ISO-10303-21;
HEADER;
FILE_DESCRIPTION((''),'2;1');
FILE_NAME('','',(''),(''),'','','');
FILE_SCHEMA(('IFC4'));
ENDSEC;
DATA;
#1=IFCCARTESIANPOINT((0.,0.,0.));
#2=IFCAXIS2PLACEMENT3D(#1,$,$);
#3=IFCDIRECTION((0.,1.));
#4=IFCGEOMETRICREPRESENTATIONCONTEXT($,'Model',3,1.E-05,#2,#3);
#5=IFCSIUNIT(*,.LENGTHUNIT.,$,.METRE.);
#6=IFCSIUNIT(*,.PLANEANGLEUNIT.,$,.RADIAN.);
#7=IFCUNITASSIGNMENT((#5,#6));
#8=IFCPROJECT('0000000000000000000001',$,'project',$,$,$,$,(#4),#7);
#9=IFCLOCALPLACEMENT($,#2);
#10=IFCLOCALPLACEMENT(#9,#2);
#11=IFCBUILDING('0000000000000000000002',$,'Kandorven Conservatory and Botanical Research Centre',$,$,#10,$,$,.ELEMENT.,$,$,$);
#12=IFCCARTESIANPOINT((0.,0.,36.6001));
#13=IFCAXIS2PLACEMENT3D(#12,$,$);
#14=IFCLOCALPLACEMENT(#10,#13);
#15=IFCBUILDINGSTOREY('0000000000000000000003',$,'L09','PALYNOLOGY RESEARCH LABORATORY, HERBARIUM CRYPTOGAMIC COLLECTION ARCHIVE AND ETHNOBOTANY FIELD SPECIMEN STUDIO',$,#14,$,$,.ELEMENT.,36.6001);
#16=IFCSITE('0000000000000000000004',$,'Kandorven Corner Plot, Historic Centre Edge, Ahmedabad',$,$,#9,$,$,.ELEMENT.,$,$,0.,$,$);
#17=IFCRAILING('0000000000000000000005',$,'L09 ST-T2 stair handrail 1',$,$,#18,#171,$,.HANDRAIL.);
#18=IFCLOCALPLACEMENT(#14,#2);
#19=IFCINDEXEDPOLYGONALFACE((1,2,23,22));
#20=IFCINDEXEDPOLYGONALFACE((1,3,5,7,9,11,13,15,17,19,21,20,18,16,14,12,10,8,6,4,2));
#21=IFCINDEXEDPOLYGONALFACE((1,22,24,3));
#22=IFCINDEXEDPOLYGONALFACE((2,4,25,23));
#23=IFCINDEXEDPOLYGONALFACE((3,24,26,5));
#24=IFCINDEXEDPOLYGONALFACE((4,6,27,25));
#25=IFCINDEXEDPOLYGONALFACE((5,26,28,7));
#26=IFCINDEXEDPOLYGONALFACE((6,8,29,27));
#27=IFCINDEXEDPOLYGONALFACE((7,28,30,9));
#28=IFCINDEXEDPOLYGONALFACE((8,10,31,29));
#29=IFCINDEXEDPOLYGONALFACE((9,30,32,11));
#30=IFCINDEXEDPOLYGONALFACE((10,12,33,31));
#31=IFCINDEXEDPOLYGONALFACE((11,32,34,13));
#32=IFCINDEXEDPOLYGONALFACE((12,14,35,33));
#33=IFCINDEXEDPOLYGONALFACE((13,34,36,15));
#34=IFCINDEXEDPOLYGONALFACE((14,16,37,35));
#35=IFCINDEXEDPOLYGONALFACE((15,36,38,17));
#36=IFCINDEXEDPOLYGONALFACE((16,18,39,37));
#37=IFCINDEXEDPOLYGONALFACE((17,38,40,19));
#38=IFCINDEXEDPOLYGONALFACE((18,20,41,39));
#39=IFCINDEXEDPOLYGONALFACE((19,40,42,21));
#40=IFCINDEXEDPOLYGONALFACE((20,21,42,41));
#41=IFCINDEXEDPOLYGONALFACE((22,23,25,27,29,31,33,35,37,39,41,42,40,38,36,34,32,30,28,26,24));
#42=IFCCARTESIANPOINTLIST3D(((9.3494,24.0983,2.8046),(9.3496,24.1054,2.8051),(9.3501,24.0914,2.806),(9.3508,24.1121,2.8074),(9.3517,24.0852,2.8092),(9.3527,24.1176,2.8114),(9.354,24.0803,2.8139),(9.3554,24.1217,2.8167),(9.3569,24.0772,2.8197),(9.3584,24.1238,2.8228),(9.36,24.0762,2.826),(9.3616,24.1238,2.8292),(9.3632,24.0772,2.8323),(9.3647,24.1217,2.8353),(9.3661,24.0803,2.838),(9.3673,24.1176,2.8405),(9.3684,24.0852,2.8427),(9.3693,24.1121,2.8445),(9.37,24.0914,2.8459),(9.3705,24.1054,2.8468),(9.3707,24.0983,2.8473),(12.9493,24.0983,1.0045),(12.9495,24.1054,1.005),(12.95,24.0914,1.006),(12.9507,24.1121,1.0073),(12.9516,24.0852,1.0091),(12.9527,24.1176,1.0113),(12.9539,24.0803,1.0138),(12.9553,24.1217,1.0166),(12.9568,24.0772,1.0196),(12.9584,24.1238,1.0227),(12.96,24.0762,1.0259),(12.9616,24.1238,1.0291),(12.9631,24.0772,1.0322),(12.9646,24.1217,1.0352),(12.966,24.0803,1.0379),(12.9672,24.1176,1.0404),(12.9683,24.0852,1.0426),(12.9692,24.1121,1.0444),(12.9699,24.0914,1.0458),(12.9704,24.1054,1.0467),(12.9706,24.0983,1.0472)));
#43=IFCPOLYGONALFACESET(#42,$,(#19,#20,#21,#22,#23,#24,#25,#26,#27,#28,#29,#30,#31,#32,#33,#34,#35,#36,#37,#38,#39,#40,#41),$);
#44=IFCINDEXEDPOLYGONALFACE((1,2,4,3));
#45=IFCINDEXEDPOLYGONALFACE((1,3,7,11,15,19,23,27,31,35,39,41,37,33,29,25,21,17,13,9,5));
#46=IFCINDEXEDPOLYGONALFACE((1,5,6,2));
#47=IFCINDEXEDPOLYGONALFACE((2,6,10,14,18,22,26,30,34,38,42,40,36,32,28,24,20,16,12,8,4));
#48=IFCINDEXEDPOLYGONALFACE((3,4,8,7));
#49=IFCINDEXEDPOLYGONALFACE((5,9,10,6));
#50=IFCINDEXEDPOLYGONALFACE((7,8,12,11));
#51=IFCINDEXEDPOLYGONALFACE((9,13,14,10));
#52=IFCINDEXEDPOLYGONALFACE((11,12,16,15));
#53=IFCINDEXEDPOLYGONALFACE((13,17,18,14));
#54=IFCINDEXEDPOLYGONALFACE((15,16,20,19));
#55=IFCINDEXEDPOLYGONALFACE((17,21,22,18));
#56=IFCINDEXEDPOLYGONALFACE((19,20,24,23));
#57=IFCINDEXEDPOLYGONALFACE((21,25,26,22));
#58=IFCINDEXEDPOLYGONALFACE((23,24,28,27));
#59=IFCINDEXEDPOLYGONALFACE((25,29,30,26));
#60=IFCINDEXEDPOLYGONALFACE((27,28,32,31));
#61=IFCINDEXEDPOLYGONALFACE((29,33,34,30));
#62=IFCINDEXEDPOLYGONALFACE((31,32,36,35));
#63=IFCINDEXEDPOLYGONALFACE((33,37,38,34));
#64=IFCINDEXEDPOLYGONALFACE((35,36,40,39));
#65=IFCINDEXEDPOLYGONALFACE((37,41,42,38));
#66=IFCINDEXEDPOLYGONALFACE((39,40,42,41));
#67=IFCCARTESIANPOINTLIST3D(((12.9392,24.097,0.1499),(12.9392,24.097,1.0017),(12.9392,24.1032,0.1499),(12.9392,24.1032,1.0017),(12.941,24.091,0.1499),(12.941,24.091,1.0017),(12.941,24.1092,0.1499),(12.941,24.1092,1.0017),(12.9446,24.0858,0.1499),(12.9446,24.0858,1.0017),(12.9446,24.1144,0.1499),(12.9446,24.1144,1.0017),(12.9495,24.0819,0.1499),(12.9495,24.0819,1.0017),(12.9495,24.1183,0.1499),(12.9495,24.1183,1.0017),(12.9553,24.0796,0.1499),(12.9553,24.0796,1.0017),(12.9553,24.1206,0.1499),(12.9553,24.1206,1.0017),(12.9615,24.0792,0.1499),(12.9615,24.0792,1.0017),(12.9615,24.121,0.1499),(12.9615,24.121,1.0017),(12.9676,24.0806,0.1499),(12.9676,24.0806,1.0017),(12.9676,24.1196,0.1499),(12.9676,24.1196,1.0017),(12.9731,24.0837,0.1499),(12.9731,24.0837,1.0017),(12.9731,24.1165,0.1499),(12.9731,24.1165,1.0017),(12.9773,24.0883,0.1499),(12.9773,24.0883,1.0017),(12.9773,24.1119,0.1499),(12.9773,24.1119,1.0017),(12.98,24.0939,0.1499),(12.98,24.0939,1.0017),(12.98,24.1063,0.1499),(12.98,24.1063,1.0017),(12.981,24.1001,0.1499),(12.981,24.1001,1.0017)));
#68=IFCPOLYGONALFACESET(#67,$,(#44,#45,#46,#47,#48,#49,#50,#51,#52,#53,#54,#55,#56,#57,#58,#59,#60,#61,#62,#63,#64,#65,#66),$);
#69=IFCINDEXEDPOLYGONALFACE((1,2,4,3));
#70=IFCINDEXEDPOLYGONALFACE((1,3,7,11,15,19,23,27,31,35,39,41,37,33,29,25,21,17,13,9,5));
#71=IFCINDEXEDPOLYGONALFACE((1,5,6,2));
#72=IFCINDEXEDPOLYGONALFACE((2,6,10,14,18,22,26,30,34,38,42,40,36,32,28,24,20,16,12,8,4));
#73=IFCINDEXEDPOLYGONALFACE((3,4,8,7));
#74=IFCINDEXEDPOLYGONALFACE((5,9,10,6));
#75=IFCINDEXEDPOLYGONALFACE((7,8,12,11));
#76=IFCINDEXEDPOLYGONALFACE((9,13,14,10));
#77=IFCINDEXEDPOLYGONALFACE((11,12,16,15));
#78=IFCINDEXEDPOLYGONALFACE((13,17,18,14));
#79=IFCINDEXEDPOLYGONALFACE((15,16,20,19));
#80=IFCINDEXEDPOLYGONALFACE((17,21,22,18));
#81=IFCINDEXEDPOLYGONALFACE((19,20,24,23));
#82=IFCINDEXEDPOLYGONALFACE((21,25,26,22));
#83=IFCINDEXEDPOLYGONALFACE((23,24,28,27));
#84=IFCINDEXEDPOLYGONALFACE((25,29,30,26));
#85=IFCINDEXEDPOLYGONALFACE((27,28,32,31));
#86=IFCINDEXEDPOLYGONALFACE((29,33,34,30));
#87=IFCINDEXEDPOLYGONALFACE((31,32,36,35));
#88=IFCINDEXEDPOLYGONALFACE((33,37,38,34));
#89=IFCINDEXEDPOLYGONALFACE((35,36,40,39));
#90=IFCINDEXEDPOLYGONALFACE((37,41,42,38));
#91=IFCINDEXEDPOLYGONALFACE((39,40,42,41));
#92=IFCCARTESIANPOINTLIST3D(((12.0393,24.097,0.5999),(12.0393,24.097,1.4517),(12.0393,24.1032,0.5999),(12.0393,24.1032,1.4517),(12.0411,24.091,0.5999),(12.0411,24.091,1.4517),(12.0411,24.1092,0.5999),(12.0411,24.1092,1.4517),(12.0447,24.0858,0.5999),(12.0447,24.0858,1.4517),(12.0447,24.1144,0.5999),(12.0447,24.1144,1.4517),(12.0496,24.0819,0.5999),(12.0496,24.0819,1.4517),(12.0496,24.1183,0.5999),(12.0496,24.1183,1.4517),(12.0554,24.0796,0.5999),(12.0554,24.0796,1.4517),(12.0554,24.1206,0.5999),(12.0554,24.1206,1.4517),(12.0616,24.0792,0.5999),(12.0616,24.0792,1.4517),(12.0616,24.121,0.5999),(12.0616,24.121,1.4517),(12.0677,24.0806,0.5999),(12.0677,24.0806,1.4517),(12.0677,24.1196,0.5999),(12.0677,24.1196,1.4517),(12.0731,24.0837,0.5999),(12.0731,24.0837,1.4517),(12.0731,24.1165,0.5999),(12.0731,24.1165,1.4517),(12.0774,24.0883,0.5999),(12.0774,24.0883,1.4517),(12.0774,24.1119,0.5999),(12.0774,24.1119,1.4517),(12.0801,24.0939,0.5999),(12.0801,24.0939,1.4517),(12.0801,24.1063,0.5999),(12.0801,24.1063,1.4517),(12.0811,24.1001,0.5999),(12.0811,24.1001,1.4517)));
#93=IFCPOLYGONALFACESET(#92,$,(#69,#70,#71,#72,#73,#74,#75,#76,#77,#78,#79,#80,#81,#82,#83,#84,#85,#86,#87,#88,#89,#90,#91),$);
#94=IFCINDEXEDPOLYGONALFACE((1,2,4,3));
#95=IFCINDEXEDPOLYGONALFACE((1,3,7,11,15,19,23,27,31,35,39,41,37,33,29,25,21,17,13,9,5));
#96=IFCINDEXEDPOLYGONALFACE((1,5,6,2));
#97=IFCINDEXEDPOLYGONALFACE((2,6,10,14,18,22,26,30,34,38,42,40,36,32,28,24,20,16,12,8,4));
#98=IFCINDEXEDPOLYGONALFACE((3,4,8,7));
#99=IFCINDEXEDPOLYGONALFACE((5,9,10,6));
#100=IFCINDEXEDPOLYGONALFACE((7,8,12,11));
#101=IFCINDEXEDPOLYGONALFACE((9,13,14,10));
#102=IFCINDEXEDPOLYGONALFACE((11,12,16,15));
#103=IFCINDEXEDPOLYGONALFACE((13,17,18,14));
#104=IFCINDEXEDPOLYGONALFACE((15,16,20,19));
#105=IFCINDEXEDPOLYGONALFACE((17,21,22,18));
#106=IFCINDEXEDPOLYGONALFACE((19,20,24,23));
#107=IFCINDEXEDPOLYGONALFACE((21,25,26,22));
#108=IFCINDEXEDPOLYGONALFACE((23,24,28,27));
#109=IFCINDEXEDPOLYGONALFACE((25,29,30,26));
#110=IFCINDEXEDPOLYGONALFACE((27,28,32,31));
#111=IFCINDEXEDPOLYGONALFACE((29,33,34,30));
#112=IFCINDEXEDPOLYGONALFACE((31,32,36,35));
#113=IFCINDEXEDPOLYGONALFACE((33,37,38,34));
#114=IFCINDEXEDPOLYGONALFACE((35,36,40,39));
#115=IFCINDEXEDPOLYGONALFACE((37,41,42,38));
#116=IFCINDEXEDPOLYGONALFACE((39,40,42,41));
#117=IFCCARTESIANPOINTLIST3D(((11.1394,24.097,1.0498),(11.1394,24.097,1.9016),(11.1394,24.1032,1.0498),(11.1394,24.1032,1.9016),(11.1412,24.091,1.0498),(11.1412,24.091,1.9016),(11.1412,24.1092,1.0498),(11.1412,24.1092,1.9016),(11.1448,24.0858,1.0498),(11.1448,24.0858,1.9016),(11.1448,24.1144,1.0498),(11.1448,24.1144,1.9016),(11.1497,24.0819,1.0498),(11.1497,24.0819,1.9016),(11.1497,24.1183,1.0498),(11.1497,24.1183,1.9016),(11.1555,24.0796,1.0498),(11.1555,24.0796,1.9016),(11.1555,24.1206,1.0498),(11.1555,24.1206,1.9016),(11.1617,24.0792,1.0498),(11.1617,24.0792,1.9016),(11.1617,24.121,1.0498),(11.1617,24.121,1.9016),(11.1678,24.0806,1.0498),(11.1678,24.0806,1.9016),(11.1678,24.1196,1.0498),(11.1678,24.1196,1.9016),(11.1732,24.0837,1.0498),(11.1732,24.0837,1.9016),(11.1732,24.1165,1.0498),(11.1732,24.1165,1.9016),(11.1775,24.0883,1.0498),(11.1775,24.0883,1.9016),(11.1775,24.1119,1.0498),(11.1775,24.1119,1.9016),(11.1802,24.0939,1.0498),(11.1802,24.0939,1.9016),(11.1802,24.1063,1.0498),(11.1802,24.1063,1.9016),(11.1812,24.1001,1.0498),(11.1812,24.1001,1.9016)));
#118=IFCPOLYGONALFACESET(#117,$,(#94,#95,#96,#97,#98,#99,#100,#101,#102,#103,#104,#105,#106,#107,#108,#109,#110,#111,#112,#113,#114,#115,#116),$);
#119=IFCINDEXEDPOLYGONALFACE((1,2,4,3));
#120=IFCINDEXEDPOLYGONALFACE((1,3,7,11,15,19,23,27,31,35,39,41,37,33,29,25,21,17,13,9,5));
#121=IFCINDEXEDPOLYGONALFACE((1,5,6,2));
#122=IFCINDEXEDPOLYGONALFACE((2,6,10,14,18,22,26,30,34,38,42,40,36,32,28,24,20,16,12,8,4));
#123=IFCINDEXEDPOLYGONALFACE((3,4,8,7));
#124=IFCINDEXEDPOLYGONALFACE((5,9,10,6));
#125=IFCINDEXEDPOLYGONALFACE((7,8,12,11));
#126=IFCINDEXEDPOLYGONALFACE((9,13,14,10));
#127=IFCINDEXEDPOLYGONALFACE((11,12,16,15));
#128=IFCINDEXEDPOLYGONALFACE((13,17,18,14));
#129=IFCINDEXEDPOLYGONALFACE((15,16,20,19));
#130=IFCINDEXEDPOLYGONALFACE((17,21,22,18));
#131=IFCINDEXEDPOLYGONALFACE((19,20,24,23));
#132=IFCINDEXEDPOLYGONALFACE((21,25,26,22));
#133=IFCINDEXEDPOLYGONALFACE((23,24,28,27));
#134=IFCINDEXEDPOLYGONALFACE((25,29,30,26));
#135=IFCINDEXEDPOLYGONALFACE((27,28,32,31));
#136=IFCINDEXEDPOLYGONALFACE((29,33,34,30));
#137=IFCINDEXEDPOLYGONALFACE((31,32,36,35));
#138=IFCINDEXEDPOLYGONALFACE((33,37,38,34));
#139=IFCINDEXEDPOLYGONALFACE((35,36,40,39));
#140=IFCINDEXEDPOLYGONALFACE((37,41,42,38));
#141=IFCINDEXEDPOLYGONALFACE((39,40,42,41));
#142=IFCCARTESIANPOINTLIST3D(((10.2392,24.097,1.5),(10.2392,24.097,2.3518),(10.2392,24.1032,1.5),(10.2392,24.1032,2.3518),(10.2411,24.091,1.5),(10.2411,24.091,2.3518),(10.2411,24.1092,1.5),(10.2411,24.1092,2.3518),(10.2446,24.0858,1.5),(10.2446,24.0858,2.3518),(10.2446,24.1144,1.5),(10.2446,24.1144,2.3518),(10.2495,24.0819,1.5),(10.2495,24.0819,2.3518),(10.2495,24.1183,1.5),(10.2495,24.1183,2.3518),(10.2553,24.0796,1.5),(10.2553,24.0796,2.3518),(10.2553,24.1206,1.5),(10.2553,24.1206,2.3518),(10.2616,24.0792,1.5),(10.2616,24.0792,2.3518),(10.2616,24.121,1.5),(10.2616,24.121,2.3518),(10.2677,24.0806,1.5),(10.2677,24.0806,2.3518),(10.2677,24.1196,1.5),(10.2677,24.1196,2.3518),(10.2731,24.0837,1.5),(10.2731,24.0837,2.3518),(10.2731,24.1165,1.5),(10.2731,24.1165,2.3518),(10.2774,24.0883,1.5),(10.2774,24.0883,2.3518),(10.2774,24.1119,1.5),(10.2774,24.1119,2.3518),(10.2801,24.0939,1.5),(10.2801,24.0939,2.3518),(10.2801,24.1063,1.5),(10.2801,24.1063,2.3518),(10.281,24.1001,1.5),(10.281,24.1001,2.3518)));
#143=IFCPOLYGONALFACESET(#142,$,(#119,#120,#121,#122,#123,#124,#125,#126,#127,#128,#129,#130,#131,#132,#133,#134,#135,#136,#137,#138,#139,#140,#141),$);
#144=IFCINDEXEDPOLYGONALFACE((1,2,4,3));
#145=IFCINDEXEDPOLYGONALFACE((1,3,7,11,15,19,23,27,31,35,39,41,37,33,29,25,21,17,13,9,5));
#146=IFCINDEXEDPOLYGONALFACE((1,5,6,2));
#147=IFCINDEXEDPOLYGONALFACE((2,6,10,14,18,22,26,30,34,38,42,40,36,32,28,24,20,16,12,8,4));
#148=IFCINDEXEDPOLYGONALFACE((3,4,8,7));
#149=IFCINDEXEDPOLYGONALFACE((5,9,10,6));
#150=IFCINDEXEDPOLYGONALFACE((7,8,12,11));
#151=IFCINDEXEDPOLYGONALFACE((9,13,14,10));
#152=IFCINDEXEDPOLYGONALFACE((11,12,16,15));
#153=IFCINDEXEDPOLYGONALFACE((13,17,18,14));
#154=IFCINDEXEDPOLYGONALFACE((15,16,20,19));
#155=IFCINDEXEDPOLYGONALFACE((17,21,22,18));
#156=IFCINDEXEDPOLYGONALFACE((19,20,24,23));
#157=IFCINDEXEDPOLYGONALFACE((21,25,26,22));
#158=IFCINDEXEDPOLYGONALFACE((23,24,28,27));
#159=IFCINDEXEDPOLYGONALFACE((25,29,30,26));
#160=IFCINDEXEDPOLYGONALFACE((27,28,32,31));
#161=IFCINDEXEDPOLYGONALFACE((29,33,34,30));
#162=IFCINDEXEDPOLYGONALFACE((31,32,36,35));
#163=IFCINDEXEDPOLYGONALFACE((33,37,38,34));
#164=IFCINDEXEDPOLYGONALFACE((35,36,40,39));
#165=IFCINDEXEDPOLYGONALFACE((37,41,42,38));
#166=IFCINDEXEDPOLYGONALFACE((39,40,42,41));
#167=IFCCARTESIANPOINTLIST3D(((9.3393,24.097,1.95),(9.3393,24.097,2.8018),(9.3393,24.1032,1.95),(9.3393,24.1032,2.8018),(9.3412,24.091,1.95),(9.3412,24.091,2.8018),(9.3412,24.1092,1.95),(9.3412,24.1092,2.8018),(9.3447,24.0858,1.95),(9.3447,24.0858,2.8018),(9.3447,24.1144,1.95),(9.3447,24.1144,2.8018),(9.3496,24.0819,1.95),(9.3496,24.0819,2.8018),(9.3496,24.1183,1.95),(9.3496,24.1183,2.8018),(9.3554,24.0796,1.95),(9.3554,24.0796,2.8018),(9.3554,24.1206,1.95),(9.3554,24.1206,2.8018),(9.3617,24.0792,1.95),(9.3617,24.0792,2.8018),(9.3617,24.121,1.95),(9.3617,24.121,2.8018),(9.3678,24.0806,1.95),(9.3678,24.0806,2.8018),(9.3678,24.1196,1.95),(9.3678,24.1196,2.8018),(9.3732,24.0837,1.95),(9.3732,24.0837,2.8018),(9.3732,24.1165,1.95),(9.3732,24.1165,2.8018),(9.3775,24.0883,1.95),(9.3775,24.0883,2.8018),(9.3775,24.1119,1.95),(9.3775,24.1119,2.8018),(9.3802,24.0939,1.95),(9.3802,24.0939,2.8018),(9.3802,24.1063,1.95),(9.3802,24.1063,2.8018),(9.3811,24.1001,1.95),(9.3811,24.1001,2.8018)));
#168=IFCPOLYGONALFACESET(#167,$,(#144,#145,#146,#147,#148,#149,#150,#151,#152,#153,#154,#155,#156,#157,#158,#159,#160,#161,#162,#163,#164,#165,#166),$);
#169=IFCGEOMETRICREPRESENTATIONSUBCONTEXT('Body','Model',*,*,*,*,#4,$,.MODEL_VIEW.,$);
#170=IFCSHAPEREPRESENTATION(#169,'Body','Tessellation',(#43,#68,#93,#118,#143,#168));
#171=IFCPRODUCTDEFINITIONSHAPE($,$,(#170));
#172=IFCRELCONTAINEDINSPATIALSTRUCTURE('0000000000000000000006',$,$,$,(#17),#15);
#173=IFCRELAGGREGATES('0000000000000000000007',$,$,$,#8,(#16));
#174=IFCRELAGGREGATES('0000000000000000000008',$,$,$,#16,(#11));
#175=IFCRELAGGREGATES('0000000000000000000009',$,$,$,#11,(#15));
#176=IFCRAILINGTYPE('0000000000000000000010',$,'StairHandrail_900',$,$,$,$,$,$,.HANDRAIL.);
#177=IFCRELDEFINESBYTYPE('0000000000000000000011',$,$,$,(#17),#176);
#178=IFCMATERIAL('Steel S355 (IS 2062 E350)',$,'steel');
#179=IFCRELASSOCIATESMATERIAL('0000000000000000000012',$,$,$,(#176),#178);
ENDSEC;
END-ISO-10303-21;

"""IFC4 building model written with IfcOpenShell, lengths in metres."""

from ifc_helpers import new_model, si_unit, direction, frame, origin, origin_2d, place, context, subcontext, project, spatial, circle, extrude, material, type_object, element, save


model = new_model("IFC4")

# Units and contexts
model_context = context("Model", 3, precision=1e-05, world=origin(), true_north=direction((0.0, 1.0)))
body_context = subcontext(model_context, "Body", "Model", "MODEL_VIEW")
ifc_project = project(units=[si_unit("LENGTHUNIT", "METRE"), si_unit("PLANEANGLEUNIT", "RADIAN")], contexts=[model_context])

# Site, building, storey
site_placement = place(None, origin())
site = spatial("IfcSite", under=ifc_project, at=site_placement, Name="Kandorven Corner Plot, Historic Centre Edge, Ahmedabad", CompositionType="ELEMENT", RefElevation=0.0)
building_placement = place(site_placement, origin())
building = spatial("IfcBuilding", under=site, at=building_placement, Name="Kandorven Conservatory and Botanical Research Centre", CompositionType="ELEMENT")
storey_placement = place(building_placement, frame((0.0, 0.0, 36.6001)))
storey = spatial("IfcBuildingStorey", under=building, at=storey_placement, Name="L09", Description="PALYNOLOGY RESEARCH LABORATORY, HERBARIUM CRYPTOGAMIC COLLECTION ARCHIVE AND ETHNOBOTANY FIELD SPECIMEN STUDIO", CompositionType="ELEMENT", Elevation=36.6001)

# Railing
ifc_material_1 = material(Name="Steel S355 (IS 2062 E350)", Category="steel")
railing_type_1 = type_object("IfcRailingType", Name="StairHandrail_900", PredefinedType="HANDRAIL", material=ifc_material_1)
railing_1_placement = place(storey_placement, frame((12.96, 24.1001, 0.1499)))
element("IfcRailing", 1, at=railing_1_placement, inside=storey, type_object=railing_type_1, Name="L09 ST-T2 stair handrail 1", PredefinedType="HANDRAIL", context=body_context, shape_type="SweptSolid", body=[
    extrude(circle(Radius=0.0239, at=origin_2d()), frame((0.0, 0.0, 0.876), z_axis=(-0.894415, 0.0, 0.447238), x_axis=(0.0, -1.0, 0.0)), (0.0, 0.0, 1.0), 4.0249),
    extrude(circle(Radius=0.021, at=origin_2d()), origin(), (0.0, 0.0, 1.0), 0.8518),
    extrude(circle(Radius=0.021, at=origin_2d()), frame((-0.8999, 0.0, 0.45)), (0.0, 0.0, 1.0), 0.8518),
    extrude(circle(Radius=0.021, at=origin_2d()), frame((-1.7998, 0.0, 0.8999)), (0.0, 0.0, 1.0), 0.8518),
    extrude(circle(Radius=0.021, at=origin_2d()), frame((-2.7, 0.0, 1.3501)), (0.0, 0.0, 1.0), 0.8518),
    extrude(circle(Radius=0.021, at=origin_2d()), frame((-3.5999, 0.0, 1.8)), (0.0, 0.0, 1.0), 0.8518),
])

save(model, "model.ifc")
